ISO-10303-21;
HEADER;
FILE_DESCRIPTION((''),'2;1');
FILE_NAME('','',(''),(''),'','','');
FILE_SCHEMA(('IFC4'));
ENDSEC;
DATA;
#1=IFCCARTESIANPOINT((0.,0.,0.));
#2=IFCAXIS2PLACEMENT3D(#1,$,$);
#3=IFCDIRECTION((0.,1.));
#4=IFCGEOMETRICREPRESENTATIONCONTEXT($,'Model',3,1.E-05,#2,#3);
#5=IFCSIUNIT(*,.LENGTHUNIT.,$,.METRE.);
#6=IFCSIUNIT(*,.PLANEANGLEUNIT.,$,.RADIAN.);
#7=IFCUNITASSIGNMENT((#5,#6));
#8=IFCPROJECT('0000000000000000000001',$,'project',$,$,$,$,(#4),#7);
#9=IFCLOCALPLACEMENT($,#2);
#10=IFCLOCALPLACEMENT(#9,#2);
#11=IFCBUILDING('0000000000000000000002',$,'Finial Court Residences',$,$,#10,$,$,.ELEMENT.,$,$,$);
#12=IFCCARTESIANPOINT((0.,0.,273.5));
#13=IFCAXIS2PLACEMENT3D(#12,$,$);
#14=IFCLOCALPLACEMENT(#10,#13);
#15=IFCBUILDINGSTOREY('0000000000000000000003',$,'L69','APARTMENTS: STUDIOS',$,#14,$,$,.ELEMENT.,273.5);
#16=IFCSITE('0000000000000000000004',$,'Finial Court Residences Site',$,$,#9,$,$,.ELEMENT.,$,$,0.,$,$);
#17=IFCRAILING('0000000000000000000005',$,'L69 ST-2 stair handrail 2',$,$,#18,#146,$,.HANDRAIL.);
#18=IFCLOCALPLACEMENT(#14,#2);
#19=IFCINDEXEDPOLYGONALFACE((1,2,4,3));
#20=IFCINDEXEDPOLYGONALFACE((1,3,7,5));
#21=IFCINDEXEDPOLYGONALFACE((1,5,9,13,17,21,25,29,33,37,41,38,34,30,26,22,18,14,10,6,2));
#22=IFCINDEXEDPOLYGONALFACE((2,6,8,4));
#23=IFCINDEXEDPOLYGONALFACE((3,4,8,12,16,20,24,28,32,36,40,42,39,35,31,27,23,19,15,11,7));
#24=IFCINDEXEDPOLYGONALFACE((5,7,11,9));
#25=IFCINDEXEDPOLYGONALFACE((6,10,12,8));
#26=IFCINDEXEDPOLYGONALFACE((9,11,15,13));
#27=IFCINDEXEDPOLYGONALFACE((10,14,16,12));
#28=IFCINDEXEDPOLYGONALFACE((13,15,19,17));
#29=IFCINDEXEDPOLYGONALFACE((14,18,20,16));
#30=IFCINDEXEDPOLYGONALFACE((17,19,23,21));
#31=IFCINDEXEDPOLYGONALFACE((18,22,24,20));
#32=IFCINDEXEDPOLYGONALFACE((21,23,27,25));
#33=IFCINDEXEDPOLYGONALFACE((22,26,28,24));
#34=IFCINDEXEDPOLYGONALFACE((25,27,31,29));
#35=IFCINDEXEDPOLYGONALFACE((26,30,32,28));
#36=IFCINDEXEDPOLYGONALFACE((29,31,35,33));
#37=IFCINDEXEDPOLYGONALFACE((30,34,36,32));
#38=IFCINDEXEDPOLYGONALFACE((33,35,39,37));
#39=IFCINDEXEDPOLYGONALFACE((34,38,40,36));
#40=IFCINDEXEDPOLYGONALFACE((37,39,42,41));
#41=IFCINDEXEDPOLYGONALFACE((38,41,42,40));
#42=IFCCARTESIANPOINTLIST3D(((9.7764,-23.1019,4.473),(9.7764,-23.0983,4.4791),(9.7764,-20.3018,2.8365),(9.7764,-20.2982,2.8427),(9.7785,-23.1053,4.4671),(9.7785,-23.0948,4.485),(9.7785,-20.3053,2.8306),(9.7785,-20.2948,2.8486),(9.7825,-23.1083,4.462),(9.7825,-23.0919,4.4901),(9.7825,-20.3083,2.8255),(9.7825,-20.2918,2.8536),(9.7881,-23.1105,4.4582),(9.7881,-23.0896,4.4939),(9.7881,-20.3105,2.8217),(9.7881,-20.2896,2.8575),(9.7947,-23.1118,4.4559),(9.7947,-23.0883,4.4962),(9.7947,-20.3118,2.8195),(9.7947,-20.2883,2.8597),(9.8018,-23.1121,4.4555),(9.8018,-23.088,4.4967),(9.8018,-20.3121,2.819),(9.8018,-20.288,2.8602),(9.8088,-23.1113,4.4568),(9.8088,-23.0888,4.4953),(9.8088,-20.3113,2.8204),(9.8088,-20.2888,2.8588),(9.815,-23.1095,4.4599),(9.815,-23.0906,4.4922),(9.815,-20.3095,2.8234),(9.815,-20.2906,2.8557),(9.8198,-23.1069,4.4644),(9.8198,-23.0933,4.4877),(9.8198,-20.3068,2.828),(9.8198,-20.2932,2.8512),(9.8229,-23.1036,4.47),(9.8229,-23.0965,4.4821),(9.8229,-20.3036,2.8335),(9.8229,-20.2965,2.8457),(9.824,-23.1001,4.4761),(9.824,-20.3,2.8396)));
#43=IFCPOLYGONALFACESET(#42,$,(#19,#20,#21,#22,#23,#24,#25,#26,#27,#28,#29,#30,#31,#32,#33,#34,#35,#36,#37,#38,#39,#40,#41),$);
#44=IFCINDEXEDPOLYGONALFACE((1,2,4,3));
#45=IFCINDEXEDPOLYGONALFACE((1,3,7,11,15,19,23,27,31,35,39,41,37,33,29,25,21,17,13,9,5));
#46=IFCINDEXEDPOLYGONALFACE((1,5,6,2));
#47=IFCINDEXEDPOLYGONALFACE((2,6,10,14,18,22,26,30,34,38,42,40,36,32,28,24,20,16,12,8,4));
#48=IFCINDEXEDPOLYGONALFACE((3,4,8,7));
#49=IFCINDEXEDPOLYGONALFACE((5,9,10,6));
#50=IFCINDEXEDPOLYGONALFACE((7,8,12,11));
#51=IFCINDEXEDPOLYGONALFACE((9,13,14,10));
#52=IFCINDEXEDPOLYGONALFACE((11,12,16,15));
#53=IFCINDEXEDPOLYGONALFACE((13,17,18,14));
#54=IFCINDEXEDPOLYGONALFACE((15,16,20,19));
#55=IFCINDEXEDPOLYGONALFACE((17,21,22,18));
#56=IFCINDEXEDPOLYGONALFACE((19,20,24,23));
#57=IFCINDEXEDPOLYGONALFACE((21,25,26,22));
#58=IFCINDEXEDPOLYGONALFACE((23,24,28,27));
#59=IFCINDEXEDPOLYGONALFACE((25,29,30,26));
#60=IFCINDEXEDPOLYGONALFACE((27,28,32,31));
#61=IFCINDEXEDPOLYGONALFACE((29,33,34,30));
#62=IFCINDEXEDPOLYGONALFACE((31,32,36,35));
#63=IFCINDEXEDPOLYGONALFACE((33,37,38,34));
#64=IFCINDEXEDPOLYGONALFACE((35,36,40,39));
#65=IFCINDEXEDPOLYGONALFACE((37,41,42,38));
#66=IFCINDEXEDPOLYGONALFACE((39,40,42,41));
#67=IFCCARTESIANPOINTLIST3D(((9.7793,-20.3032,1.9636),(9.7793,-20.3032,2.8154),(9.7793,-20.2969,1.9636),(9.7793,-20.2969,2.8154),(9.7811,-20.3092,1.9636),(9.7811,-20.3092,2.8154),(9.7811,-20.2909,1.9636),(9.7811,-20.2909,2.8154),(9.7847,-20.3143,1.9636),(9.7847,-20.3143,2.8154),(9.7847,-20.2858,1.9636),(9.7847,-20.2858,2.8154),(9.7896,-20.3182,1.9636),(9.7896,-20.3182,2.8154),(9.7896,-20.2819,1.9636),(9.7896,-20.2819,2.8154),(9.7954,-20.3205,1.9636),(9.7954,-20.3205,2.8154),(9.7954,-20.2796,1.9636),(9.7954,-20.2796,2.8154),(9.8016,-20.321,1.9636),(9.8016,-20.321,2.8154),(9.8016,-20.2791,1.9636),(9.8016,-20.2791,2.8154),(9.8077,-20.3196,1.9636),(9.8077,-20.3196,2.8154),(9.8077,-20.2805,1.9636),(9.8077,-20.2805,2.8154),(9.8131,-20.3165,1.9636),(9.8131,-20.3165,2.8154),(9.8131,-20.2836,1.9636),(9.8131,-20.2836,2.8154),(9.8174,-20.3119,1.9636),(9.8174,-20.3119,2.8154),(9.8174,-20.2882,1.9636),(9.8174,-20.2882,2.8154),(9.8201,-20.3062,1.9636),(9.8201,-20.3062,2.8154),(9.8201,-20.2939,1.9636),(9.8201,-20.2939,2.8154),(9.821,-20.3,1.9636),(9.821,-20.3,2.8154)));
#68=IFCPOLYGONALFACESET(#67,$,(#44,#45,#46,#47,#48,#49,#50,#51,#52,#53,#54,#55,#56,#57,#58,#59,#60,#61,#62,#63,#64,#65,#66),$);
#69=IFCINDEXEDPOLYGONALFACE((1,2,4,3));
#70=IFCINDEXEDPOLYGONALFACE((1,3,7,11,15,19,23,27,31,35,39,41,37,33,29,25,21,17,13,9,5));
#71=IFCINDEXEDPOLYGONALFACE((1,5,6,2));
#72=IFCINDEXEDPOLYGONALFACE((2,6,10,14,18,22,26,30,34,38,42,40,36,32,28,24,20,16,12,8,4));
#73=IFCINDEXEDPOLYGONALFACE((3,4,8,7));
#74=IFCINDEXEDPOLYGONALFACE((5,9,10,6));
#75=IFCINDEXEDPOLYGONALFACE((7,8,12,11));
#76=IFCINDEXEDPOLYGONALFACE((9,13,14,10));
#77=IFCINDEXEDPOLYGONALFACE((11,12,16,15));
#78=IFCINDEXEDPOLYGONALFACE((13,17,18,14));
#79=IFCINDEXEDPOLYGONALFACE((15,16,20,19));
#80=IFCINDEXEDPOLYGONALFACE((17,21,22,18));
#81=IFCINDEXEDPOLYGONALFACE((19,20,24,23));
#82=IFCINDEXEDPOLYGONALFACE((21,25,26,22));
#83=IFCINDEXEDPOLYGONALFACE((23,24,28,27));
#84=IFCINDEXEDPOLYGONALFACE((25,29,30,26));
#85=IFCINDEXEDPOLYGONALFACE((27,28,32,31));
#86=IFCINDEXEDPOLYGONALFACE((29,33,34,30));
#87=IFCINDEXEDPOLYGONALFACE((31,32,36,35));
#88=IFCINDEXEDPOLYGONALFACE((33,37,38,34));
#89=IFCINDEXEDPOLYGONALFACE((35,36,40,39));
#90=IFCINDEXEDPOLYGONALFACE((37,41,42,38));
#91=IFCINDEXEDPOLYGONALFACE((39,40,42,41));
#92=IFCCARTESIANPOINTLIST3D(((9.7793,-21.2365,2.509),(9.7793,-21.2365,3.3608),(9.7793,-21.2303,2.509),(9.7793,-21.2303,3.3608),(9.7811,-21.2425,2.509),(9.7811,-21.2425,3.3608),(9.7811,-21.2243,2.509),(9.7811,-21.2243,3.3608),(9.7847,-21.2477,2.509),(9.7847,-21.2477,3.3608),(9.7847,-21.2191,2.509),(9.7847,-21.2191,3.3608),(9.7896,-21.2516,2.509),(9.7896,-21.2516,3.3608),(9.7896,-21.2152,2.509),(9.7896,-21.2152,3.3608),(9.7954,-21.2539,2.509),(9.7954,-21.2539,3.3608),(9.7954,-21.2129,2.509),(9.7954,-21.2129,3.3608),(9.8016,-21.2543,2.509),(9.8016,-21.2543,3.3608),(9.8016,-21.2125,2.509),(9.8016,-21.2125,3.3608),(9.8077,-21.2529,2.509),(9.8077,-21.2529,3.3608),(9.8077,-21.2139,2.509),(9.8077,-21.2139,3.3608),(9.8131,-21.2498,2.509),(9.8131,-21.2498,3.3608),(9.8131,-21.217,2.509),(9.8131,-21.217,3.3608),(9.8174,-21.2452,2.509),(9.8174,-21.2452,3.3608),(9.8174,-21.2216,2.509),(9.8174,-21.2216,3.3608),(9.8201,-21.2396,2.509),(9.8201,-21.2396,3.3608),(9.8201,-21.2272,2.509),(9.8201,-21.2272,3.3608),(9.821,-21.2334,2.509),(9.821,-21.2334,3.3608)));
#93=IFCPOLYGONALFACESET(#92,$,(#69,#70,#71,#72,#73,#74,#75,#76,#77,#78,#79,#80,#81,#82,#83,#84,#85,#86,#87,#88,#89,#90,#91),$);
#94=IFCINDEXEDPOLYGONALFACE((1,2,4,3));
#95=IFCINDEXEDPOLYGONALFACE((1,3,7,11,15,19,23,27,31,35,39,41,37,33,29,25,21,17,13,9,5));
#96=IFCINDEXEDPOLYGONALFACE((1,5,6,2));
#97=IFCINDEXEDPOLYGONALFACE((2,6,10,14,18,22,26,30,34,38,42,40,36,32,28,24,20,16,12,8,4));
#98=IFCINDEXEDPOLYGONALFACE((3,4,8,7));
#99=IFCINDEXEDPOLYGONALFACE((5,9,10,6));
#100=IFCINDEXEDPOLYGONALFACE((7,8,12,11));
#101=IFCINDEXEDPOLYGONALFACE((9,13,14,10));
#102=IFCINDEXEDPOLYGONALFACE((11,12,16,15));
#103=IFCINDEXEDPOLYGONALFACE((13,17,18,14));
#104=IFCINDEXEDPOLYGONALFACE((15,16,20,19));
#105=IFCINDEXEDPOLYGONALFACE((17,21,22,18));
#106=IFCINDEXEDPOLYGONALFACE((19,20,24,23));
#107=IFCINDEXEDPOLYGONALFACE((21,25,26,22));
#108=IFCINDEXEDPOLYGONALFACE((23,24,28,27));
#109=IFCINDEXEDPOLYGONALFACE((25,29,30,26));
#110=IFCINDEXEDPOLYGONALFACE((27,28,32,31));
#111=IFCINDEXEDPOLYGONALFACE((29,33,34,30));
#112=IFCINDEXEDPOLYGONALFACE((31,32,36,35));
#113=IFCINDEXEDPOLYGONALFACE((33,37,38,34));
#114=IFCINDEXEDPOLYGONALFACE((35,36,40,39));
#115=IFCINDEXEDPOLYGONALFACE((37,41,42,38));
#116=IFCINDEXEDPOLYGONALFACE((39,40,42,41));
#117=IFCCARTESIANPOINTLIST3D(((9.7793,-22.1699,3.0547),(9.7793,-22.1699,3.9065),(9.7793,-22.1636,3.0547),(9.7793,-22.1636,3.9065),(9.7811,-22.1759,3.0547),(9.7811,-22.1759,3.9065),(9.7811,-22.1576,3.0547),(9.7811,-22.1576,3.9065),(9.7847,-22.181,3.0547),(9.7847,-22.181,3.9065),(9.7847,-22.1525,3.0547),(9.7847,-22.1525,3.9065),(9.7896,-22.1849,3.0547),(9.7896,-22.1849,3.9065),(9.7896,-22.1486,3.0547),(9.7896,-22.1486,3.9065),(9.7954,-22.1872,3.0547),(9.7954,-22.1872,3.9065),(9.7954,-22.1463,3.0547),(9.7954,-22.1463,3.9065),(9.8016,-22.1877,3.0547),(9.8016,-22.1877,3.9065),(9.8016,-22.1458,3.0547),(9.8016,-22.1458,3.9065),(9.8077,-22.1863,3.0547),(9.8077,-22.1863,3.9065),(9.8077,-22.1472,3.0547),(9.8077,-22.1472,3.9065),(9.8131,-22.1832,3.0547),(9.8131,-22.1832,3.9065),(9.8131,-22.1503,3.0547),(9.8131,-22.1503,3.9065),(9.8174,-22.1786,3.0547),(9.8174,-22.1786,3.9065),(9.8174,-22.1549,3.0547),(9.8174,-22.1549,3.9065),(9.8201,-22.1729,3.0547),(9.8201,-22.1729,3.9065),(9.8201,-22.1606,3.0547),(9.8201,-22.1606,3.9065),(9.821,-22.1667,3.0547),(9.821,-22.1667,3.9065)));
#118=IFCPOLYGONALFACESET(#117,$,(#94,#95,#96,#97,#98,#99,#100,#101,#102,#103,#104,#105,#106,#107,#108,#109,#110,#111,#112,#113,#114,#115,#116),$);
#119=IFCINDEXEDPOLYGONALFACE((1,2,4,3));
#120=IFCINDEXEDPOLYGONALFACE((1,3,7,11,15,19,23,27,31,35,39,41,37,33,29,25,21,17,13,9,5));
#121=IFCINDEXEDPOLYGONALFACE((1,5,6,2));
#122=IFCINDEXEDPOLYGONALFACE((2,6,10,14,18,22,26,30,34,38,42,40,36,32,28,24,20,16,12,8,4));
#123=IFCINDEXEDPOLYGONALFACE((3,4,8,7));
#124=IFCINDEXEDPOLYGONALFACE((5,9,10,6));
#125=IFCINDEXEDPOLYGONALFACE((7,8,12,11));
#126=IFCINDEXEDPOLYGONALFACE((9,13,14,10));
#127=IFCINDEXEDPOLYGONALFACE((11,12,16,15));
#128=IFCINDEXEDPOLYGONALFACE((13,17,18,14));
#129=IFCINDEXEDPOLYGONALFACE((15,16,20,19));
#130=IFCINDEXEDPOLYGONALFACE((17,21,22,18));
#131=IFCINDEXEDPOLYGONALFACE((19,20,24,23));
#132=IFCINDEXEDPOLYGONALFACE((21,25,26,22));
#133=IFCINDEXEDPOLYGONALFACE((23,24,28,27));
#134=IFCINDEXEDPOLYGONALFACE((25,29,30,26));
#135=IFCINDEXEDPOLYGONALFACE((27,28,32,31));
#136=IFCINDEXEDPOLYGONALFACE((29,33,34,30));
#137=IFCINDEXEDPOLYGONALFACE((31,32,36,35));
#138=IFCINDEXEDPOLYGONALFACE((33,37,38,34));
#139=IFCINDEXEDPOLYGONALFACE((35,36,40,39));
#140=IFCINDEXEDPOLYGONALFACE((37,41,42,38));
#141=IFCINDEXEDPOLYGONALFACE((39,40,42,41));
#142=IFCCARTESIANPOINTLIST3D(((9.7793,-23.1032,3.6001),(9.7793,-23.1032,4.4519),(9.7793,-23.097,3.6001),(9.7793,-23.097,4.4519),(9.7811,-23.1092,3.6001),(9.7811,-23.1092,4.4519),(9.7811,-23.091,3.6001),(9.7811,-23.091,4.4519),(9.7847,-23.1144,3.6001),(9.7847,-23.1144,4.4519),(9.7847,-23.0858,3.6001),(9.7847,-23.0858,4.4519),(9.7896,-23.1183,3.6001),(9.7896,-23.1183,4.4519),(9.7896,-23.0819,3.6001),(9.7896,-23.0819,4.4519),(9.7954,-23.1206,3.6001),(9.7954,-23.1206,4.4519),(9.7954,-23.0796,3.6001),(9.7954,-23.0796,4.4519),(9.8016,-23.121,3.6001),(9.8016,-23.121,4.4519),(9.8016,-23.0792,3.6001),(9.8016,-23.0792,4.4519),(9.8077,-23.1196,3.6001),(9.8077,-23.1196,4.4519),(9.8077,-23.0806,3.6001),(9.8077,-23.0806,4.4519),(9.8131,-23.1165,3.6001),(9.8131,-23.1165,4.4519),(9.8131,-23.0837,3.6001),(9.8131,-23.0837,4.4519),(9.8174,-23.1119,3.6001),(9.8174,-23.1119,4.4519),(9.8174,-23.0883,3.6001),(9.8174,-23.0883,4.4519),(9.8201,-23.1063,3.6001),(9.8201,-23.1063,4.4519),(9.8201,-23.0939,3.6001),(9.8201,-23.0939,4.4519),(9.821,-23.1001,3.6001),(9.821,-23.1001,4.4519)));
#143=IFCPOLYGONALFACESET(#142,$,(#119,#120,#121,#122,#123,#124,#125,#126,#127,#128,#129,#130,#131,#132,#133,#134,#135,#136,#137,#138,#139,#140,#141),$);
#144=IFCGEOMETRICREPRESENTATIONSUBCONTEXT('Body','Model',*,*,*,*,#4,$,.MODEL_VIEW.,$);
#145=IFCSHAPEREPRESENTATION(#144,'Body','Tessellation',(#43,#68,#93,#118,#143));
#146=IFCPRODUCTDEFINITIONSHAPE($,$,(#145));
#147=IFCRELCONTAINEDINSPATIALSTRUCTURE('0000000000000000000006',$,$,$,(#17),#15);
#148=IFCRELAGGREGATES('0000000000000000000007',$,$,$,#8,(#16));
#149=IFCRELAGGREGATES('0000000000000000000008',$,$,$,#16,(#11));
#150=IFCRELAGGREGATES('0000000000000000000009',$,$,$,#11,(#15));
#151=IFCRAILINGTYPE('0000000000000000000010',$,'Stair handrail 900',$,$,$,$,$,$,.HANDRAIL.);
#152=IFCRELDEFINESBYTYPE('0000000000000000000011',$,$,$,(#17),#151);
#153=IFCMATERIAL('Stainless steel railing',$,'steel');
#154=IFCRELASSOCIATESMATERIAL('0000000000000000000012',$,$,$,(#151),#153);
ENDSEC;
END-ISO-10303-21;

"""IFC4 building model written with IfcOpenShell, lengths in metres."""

from ifc_helpers import new_model, si_unit, direction, frame, origin, origin_2d, place, context, subcontext, project, spatial, circle, extrude, material, type_object, element, save


model = new_model("IFC4")

# Units and contexts
model_context = context("Model", 3, precision=1e-05, world=origin(), true_north=direction((0.0, 1.0)))
body_context = subcontext(model_context, "Body", "Model", "MODEL_VIEW")
ifc_project = project(units=[si_unit("LENGTHUNIT", "METRE"), si_unit("PLANEANGLEUNIT", "RADIAN")], contexts=[model_context])

# Site, building, storey
site_placement = place(None, origin())
site = spatial("IfcSite", under=ifc_project, at=site_placement, Name="Finial Court Residences Site", CompositionType="ELEMENT", RefElevation=0.0)
building_placement = place(site_placement, origin())
building = spatial("IfcBuilding", under=site, at=building_placement, Name="Finial Court Residences", CompositionType="ELEMENT")
storey_placement = place(building_placement, frame((0.0, 0.0, 273.5)))
storey = spatial("IfcBuildingStorey", under=building, at=storey_placement, Name="L69", Description="APARTMENTS: STUDIOS", CompositionType="ELEMENT", Elevation=273.5)

# Railing
ifc_material_1 = material(Name="Stainless steel railing", Category="steel")
railing_type_1 = type_object("IfcRailingType", Name="Stair handrail 900", PredefinedType="HANDRAIL", material=ifc_material_1)
railing_1_placement = place(storey_placement, frame((9.8, -20.3, 1.9636)))
element("IfcRailing", 1, at=railing_1_placement, inside=storey, type_object=railing_type_1, Name="L69 ST-2 stair handrail 2", PredefinedType="HANDRAIL", context=body_context, shape_type="SweptSolid", body=[
    extrude(circle(Radius=0.0239, at=origin_2d()), frame((0.0, 0.0, 0.876), z_axis=(0.0, -0.863361, 0.504587), x_axis=(1.0, 0.0, 0.0)), (0.0, 0.0, 1.0), 3.2432),
    extrude(circle(Radius=0.021, at=origin_2d()), origin(), (0.0, 0.0, 1.0), 0.8518),
    extrude(circle(Radius=0.021, at=origin_2d()), frame((0.0, -0.9333, 0.5454)), (0.0, 0.0, 1.0), 0.8518),
    extrude(circle(Radius=0.021, at=origin_2d()), frame((0.0, -1.8667, 1.0911)), (0.0, 0.0, 1.0), 0.8518),
    extrude(circle(Radius=0.021, at=origin_2d()), frame((0.0, -2.8, 1.6365)), (0.0, 0.0, 1.0), 0.8518),
])

save(model, "model.ifc")
